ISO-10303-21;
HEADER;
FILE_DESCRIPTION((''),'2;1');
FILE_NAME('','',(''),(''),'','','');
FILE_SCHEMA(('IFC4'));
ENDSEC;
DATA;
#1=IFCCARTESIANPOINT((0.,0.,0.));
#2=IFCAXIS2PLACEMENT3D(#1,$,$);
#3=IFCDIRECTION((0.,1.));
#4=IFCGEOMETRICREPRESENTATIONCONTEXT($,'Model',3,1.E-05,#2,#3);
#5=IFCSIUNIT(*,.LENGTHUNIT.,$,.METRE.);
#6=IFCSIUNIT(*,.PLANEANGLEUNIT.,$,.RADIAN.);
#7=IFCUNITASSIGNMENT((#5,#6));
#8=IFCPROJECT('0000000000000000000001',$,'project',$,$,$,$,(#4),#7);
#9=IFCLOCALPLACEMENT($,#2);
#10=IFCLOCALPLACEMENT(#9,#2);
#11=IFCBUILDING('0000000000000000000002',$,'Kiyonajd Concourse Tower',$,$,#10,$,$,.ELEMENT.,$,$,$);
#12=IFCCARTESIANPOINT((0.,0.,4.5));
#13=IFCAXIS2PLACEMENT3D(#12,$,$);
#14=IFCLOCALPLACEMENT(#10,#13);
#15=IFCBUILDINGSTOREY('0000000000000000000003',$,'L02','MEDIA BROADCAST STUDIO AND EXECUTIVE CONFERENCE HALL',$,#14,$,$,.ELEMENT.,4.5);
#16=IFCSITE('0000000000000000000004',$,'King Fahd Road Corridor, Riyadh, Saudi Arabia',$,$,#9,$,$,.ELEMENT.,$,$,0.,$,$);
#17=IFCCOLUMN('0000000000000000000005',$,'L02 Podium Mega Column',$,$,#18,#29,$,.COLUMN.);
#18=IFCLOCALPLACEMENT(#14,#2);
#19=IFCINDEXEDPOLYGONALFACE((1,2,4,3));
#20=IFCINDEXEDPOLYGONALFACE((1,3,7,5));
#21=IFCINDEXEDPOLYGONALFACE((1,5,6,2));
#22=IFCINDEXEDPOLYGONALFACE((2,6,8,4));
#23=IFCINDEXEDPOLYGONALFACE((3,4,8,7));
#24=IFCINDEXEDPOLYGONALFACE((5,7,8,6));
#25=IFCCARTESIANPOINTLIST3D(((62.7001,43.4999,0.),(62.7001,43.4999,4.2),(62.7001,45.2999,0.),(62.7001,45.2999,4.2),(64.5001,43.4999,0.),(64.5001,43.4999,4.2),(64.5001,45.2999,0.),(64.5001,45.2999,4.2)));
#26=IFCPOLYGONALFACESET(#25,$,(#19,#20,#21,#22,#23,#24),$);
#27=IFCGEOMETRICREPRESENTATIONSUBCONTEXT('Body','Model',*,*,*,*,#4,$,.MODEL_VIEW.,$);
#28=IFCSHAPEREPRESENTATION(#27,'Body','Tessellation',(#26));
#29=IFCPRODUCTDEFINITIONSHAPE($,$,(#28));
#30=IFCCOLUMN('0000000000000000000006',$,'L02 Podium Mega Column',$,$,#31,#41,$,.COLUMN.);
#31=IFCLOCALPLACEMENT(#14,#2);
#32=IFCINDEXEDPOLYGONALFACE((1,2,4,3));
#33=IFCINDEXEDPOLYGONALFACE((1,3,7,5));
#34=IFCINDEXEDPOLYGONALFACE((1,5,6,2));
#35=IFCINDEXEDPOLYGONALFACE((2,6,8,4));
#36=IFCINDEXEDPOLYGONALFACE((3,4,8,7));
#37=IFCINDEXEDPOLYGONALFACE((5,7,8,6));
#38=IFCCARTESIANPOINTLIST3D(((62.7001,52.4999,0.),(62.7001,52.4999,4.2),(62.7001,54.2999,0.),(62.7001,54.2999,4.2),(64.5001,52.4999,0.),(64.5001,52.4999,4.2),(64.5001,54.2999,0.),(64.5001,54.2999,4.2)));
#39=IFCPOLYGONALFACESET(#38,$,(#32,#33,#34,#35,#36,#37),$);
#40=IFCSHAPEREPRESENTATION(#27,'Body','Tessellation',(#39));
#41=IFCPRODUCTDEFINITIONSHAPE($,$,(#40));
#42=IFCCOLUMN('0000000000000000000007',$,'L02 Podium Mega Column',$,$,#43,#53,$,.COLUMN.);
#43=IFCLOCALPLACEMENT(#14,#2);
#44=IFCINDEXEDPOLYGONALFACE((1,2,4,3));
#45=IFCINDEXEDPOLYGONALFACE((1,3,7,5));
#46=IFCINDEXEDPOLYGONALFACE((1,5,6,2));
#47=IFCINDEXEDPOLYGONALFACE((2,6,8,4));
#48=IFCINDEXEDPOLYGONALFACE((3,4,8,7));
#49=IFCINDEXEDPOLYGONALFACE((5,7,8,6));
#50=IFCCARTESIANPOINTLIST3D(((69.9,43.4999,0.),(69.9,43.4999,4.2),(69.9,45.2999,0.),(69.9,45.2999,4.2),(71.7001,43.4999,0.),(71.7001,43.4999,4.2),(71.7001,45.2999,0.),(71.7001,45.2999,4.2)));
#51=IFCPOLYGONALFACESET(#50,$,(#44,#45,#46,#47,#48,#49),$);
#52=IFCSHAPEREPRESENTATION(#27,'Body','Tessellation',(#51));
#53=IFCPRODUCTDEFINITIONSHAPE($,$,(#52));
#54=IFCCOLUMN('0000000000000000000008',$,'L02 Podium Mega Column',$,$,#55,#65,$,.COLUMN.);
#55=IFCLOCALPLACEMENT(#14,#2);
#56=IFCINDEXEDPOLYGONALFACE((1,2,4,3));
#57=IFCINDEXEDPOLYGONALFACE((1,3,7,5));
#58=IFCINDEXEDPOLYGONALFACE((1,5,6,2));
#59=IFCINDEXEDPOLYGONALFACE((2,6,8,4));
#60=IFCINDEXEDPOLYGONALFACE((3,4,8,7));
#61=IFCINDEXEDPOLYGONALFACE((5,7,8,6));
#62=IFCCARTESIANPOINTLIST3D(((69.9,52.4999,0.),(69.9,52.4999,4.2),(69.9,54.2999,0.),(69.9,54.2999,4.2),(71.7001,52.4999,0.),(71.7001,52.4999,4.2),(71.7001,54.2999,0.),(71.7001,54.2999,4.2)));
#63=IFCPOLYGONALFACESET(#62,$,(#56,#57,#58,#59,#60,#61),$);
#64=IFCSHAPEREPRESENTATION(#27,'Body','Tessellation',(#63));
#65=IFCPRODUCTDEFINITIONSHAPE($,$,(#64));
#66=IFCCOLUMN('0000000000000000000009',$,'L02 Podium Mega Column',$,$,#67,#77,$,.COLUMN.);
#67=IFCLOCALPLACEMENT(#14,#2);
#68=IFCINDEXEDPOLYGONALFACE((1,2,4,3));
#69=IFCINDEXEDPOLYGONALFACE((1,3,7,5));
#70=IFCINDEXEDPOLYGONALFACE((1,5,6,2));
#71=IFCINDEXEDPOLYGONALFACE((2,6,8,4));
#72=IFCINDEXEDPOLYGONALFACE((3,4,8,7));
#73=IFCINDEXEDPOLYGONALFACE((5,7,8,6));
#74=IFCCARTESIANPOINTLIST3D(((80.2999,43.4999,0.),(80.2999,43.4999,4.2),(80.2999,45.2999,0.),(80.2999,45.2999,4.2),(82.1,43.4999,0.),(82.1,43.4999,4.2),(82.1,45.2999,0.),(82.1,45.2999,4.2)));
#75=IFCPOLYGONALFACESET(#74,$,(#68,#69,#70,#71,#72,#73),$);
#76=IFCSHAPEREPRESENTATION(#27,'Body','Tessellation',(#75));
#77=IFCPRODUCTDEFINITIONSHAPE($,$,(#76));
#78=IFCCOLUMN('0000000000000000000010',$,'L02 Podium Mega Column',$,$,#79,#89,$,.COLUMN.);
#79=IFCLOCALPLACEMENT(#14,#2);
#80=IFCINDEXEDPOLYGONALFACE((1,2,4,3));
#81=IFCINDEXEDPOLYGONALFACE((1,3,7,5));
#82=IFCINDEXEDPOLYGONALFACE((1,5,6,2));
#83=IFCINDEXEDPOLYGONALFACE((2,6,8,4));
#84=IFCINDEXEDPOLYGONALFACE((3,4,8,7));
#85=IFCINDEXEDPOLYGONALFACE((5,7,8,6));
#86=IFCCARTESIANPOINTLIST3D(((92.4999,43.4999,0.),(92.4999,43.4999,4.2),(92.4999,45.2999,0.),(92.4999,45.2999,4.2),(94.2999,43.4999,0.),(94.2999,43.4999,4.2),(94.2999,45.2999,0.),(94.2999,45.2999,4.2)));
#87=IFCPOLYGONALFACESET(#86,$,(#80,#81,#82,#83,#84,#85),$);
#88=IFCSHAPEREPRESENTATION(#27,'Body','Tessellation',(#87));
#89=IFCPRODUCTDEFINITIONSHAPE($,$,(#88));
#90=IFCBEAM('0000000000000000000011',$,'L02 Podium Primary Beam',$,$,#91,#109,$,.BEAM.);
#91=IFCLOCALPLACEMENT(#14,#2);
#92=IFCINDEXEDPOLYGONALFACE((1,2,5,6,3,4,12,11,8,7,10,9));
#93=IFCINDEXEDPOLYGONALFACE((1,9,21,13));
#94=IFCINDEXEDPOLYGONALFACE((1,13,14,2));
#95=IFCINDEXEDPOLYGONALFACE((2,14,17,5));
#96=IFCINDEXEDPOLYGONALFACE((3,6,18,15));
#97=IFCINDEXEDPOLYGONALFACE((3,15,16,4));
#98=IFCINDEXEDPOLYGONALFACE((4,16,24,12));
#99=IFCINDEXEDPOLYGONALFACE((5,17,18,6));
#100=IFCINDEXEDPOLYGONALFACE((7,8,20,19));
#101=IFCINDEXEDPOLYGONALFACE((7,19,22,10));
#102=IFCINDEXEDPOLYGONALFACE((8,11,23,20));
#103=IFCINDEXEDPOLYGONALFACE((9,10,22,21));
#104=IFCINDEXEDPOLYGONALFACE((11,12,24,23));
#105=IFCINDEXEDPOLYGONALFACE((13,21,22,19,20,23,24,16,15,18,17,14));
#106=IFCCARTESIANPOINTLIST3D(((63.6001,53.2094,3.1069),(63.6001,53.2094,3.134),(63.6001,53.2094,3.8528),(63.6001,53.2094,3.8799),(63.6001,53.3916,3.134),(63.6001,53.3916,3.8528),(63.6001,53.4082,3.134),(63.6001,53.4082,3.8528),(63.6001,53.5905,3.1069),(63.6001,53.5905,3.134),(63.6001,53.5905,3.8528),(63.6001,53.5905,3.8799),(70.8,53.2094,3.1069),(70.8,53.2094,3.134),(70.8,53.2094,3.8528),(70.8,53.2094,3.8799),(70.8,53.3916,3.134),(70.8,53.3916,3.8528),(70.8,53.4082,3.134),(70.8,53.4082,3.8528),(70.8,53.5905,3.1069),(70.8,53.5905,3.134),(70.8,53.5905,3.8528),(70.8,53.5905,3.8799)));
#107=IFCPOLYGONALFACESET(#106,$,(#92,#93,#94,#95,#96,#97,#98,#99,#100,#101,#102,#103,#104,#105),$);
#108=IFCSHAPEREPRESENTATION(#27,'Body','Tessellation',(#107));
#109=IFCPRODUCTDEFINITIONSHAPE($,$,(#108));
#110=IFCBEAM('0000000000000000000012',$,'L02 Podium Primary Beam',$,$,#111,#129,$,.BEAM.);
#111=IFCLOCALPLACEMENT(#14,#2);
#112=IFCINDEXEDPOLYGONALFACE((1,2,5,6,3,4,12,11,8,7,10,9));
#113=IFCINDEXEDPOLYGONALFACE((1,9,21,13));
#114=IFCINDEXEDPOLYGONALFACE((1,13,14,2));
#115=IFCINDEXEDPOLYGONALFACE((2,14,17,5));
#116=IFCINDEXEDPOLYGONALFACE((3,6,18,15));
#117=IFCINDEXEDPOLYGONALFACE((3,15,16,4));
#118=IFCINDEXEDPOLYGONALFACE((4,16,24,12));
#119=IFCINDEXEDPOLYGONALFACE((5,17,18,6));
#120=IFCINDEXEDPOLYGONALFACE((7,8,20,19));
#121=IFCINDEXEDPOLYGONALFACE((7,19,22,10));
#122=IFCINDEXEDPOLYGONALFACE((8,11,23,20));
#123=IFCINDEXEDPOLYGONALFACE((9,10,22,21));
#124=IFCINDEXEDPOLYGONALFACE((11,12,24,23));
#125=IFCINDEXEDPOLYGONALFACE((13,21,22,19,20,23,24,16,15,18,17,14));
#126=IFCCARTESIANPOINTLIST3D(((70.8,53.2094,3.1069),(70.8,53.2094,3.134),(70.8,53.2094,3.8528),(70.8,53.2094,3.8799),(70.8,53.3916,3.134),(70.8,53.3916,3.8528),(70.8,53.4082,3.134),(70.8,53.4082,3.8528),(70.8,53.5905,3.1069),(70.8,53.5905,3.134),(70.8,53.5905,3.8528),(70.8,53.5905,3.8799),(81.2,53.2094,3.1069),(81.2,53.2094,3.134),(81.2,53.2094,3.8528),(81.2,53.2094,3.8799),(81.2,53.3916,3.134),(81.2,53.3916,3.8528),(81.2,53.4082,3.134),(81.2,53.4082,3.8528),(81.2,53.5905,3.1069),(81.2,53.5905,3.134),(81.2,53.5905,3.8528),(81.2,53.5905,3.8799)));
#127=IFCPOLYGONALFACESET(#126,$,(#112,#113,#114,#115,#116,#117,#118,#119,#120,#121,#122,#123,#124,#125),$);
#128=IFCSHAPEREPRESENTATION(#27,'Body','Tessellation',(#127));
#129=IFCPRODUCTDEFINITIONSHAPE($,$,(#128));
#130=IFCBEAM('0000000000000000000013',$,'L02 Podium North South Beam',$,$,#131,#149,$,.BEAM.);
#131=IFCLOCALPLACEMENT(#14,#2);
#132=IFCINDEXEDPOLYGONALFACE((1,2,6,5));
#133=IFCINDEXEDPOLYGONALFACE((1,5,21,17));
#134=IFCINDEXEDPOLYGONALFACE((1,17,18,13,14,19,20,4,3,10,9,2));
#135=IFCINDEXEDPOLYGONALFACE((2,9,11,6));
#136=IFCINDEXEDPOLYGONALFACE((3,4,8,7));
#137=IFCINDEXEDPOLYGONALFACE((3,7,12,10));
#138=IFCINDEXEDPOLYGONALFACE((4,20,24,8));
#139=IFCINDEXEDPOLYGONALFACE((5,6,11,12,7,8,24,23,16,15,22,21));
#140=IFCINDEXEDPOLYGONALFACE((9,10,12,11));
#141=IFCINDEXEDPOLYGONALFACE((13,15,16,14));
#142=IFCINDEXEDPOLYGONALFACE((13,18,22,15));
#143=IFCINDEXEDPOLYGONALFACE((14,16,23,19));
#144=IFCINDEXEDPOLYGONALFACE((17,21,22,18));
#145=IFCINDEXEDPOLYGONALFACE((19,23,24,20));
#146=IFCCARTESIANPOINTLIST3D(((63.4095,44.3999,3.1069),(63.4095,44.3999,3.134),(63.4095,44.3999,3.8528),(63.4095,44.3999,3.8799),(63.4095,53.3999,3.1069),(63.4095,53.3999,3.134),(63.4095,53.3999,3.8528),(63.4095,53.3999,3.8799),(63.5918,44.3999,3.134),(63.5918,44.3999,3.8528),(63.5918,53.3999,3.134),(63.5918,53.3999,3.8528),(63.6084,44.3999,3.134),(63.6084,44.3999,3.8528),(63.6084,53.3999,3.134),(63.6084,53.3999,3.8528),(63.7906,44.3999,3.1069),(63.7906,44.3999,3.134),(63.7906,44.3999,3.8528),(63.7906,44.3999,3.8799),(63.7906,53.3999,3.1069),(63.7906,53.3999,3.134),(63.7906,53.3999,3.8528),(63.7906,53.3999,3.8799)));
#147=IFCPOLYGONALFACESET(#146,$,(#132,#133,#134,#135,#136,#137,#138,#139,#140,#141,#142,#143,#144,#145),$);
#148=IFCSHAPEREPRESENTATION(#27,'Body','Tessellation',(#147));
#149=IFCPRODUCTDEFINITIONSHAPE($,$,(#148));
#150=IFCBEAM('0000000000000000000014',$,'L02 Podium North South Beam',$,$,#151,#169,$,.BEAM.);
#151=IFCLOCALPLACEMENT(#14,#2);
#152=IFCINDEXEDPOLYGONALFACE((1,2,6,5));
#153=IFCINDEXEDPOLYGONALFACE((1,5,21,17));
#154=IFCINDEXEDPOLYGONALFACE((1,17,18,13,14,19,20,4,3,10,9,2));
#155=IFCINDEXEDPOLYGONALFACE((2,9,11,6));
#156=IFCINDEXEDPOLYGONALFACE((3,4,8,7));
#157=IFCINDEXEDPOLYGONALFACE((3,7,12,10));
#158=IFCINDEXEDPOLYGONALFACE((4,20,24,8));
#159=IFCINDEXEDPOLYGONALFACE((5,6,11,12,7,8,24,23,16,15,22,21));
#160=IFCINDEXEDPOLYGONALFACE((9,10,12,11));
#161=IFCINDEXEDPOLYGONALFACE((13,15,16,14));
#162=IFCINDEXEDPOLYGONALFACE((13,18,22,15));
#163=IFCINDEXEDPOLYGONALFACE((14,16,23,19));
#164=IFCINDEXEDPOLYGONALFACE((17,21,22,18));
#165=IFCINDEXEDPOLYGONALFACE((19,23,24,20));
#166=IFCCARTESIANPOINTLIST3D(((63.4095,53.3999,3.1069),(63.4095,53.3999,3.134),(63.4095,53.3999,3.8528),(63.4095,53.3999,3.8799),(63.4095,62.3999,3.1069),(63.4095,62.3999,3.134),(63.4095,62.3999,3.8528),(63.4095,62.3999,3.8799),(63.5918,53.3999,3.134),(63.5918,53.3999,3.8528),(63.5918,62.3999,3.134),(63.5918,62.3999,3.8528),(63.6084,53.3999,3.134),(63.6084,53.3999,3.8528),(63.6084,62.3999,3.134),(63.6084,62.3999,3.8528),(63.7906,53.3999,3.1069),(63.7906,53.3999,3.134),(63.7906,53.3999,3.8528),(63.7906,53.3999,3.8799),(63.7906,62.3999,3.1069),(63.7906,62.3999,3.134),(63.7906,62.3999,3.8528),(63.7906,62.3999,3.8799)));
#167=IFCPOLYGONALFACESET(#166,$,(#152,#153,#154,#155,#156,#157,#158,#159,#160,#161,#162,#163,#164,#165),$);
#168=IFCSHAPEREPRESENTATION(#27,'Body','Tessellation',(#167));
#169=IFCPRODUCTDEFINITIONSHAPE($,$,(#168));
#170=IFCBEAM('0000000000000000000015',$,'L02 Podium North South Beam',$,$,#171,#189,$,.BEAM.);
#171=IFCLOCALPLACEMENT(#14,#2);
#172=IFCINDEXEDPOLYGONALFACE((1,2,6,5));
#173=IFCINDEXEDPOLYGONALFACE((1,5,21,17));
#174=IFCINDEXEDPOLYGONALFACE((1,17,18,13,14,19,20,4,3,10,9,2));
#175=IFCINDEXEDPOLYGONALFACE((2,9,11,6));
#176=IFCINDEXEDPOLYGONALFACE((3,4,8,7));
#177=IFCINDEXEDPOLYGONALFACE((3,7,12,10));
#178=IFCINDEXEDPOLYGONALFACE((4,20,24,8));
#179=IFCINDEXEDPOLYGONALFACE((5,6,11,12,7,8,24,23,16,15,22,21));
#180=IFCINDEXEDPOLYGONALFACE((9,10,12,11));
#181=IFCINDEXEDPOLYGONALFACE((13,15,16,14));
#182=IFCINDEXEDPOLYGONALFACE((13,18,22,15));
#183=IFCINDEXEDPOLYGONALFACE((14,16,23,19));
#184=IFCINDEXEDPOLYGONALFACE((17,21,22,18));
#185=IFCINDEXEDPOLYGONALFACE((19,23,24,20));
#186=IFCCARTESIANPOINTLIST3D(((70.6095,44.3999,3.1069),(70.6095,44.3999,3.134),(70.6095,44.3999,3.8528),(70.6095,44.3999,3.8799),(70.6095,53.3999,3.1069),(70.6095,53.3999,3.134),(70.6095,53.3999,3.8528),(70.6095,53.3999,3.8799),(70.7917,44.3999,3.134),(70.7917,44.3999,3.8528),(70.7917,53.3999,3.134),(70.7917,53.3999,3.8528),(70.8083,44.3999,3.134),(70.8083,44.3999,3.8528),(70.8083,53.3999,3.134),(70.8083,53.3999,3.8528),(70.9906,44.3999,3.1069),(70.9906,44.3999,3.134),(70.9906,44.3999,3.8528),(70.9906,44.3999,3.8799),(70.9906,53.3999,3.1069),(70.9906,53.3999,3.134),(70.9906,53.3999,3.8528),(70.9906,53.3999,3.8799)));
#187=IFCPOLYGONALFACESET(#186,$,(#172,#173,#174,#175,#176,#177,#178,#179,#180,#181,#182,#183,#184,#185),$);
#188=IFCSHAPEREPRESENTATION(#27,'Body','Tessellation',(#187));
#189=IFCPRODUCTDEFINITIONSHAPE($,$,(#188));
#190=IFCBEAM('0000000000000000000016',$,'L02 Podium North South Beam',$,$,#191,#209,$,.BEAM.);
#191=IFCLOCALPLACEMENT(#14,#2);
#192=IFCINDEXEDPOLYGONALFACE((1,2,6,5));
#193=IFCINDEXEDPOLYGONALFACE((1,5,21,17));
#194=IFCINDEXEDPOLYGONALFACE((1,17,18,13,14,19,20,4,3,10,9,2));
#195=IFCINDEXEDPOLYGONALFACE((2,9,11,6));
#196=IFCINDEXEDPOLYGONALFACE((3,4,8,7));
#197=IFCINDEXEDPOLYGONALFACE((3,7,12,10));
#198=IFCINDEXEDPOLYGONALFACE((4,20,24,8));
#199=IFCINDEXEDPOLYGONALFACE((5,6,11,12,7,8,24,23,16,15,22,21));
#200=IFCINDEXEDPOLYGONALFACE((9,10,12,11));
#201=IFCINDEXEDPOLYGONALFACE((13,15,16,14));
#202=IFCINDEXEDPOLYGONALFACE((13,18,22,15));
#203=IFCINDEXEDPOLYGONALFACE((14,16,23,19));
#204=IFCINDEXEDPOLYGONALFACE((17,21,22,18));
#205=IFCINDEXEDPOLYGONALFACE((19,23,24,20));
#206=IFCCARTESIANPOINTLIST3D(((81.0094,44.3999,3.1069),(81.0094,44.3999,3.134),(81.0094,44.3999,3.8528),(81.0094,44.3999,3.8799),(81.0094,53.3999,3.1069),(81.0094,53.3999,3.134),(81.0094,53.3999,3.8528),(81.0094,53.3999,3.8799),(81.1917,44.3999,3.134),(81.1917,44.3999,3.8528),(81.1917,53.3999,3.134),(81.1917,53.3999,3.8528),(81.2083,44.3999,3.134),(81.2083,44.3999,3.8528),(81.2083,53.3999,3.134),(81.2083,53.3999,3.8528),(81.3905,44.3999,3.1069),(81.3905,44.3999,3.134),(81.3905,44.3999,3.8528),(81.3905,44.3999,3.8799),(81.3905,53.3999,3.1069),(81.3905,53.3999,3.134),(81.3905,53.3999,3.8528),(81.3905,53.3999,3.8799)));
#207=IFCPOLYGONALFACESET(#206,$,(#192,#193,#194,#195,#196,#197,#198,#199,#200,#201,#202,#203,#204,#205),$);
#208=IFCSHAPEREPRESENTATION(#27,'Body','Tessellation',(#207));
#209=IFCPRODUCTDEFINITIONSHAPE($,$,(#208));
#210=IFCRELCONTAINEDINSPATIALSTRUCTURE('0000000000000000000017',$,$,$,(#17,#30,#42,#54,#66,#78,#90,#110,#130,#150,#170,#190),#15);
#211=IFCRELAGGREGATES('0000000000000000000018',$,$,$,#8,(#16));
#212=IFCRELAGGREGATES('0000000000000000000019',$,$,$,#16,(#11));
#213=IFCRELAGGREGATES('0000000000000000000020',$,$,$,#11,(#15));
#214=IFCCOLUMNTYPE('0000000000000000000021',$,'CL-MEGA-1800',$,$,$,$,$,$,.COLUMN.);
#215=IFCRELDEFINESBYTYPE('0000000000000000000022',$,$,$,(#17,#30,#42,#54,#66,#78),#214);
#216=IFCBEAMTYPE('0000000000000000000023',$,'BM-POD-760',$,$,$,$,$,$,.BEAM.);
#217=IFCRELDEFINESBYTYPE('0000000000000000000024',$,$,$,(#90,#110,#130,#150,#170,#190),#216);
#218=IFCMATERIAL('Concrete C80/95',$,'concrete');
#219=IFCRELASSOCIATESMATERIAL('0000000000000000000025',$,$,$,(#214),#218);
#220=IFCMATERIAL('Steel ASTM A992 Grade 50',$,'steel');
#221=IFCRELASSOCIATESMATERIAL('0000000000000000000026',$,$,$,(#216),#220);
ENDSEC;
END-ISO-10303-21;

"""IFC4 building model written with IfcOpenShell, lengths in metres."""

from ifc_helpers import new_model, si_unit, direction, frame, origin, origin_2d, place, context, subcontext, project, spatial, rectangle, i_section, extrude, material, material_profile, profile_set, type_object, element, save


model = new_model("IFC4")

# Units and contexts
model_context = context("Model", 3, precision=1e-05, world=origin(), true_north=direction((0.0, 1.0)))
body_context = subcontext(model_context, "Body", "Model", "MODEL_VIEW")
ifc_project = project(units=[si_unit("LENGTHUNIT", "METRE"), si_unit("PLANEANGLEUNIT", "RADIAN")], contexts=[model_context])

# Site, building, storey
site_placement = place(None, origin())
site = spatial("IfcSite", under=ifc_project, at=site_placement, Name="King Fahd Road Corridor, Riyadh, Saudi Arabia", CompositionType="ELEMENT", RefElevation=0.0)
building_placement = place(site_placement, origin())
building = spatial("IfcBuilding", under=site, at=building_placement, Name="Kiyonajd Concourse Tower", CompositionType="ELEMENT")
storey_placement = place(building_placement, frame((0.0, 0.0, 4.5)))
storey = spatial("IfcBuildingStorey", under=building, at=storey_placement, Name="L02", Description="MEDIA BROADCAST STUDIO AND EXECUTIVE CONFERENCE HALL", CompositionType="ELEMENT", Elevation=4.5)

# Columns
ifc_material_1 = material(Name="Concrete C80/95", Category="concrete")
ifc_material_profile_1 = material_profile(ifc_material_1, rectangle(XDim=1.8, YDim=1.8, at=origin_2d()), Name="RC-1800x1800")
ifc_profile_set_1 = profile_set([ifc_material_profile_1], Name="Concrete C80/95")
column_type = type_object("IfcColumnType", Name="CL-MEGA-1800", PredefinedType="COLUMN", material=ifc_profile_set_1)
for number, where, z_axis, x_axis, name in (
    (1, (63.6001, 44.3999, 0.0), (0.0, 0.0, 1.0), (1.0, 0.0, 0.0), "L02 Podium Mega Column"),
    (2, (63.6001, 53.3999, 0.0), (0.0, 0.0, 1.0), (1.0, 0.0, 0.0), "L02 Podium Mega Column"),
    (3, (70.8, 44.3999, 0.0), (0.0, 0.0, 1.0), (1.0, 0.0, 0.0), "L02 Podium Mega Column"),
    (4, (70.8, 53.3999, 0.0), (0.0, 0.0, 1.0), (1.0, 0.0, 0.0), "L02 Podium Mega Column"),
    (5, (81.2, 44.3999, 0.0), (0.0, 0.0, 1.0), (1.0, 0.0, 0.0), "L02 Podium Mega Column"),
    (6, (93.3999, 44.3999, 0.0), (0.0, 0.0, 1.0), (1.0, 0.0, 0.0), "L02 Podium Mega Column"),
):
    element("IfcColumn", number, at=place(storey_placement, frame(where, z_axis=z_axis, x_axis=x_axis)), inside=storey, type_object=column_type, Name=name, PredefinedType="COLUMN", context=body_context, shape_type="SweptSolid", body=[
        extrude(rectangle(XDim=1.8, YDim=1.8, at=origin_2d()), origin(), (0.0, 0.0, 1.0), 4.2),
    ])

# Beams
ifc_material_2 = material(Name="Steel ASTM A992 Grade 50", Category="steel")
ifc_material_profile_2 = material_profile(ifc_material_2, i_section(OverallWidth=0.3811, OverallDepth=0.7729, WebThickness=0.0166, FlangeThickness=0.0271, at=origin_2d()), Name="W760X257")
ifc_profile_set_2 = profile_set([ifc_material_profile_2], Name="Steel ASTM A992 Grade 50")
beam_type_1 = type_object("IfcBeamType", Name="BM-POD-760", PredefinedType="BEAM", material=ifc_profile_set_2)
beam_1_placement = place(storey_placement, frame((63.6001, 53.3999, 3.4934), z_axis=(1.0, 0.0, 0.0), x_axis=(0.0, 1.0, 0.0)))
element("IfcBeam", 7, at=beam_1_placement, inside=storey, type_object=beam_type_1, Name="L02 Podium Primary Beam", PredefinedType="BEAM", context=body_context, shape_type="SweptSolid", body=[
    extrude(i_section(OverallWidth=0.3811, OverallDepth=0.7729, WebThickness=0.0166, FlangeThickness=0.0271, at=origin_2d()), origin(), (0.0, 0.0, 1.0), 7.2),
])
beam_2_placement = place(storey_placement, frame((70.8, 53.3999, 3.4934), z_axis=(1.0, 0.0, 0.0), x_axis=(0.0, 1.0, 0.0)))
element("IfcBeam", 8, at=beam_2_placement, inside=storey, type_object=beam_type_1, Name="L02 Podium Primary Beam", PredefinedType="BEAM", context=body_context, shape_type="SweptSolid", body=[
    extrude(i_section(OverallWidth=0.3811, OverallDepth=0.7729, WebThickness=0.0166, FlangeThickness=0.0271, at=origin_2d()), origin(), (0.0, 0.0, 1.0), 10.3999),
])
for number, where, z_axis, x_axis, name in (
    (9, (63.6001, 44.3999, 3.4934), (0.0, 1.0, 0.0), (-1.0, 0.0, 0.0), "L02 Podium North South Beam"),
    (10, (63.6001, 53.3999, 3.4934), (0.0, 1.0, 0.0), (-1.0, 0.0, 0.0), "L02 Podium North South Beam"),
    (11, (70.8, 44.3999, 3.4934), (0.0, 1.0, 0.0), (-1.0, 0.0, 0.0), "L02 Podium North South Beam"),
    (12, (81.2, 44.3999, 3.4934), (0.0, 1.0, 0.0), (-1.0, 0.0, 0.0), "L02 Podium North South Beam"),
):
    element("IfcBeam", number, at=place(storey_placement, frame(where, z_axis=z_axis, x_axis=x_axis)), inside=storey, type_object=beam_type_1, Name=name, PredefinedType="BEAM", context=body_context, shape_type="SweptSolid", body=[
        extrude(i_section(OverallWidth=0.3811, OverallDepth=0.7729, WebThickness=0.0166, FlangeThickness=0.0271, at=origin_2d()), origin(), (0.0, 0.0, 1.0), 9.0),
    ])

save(model, "model.ifc")
